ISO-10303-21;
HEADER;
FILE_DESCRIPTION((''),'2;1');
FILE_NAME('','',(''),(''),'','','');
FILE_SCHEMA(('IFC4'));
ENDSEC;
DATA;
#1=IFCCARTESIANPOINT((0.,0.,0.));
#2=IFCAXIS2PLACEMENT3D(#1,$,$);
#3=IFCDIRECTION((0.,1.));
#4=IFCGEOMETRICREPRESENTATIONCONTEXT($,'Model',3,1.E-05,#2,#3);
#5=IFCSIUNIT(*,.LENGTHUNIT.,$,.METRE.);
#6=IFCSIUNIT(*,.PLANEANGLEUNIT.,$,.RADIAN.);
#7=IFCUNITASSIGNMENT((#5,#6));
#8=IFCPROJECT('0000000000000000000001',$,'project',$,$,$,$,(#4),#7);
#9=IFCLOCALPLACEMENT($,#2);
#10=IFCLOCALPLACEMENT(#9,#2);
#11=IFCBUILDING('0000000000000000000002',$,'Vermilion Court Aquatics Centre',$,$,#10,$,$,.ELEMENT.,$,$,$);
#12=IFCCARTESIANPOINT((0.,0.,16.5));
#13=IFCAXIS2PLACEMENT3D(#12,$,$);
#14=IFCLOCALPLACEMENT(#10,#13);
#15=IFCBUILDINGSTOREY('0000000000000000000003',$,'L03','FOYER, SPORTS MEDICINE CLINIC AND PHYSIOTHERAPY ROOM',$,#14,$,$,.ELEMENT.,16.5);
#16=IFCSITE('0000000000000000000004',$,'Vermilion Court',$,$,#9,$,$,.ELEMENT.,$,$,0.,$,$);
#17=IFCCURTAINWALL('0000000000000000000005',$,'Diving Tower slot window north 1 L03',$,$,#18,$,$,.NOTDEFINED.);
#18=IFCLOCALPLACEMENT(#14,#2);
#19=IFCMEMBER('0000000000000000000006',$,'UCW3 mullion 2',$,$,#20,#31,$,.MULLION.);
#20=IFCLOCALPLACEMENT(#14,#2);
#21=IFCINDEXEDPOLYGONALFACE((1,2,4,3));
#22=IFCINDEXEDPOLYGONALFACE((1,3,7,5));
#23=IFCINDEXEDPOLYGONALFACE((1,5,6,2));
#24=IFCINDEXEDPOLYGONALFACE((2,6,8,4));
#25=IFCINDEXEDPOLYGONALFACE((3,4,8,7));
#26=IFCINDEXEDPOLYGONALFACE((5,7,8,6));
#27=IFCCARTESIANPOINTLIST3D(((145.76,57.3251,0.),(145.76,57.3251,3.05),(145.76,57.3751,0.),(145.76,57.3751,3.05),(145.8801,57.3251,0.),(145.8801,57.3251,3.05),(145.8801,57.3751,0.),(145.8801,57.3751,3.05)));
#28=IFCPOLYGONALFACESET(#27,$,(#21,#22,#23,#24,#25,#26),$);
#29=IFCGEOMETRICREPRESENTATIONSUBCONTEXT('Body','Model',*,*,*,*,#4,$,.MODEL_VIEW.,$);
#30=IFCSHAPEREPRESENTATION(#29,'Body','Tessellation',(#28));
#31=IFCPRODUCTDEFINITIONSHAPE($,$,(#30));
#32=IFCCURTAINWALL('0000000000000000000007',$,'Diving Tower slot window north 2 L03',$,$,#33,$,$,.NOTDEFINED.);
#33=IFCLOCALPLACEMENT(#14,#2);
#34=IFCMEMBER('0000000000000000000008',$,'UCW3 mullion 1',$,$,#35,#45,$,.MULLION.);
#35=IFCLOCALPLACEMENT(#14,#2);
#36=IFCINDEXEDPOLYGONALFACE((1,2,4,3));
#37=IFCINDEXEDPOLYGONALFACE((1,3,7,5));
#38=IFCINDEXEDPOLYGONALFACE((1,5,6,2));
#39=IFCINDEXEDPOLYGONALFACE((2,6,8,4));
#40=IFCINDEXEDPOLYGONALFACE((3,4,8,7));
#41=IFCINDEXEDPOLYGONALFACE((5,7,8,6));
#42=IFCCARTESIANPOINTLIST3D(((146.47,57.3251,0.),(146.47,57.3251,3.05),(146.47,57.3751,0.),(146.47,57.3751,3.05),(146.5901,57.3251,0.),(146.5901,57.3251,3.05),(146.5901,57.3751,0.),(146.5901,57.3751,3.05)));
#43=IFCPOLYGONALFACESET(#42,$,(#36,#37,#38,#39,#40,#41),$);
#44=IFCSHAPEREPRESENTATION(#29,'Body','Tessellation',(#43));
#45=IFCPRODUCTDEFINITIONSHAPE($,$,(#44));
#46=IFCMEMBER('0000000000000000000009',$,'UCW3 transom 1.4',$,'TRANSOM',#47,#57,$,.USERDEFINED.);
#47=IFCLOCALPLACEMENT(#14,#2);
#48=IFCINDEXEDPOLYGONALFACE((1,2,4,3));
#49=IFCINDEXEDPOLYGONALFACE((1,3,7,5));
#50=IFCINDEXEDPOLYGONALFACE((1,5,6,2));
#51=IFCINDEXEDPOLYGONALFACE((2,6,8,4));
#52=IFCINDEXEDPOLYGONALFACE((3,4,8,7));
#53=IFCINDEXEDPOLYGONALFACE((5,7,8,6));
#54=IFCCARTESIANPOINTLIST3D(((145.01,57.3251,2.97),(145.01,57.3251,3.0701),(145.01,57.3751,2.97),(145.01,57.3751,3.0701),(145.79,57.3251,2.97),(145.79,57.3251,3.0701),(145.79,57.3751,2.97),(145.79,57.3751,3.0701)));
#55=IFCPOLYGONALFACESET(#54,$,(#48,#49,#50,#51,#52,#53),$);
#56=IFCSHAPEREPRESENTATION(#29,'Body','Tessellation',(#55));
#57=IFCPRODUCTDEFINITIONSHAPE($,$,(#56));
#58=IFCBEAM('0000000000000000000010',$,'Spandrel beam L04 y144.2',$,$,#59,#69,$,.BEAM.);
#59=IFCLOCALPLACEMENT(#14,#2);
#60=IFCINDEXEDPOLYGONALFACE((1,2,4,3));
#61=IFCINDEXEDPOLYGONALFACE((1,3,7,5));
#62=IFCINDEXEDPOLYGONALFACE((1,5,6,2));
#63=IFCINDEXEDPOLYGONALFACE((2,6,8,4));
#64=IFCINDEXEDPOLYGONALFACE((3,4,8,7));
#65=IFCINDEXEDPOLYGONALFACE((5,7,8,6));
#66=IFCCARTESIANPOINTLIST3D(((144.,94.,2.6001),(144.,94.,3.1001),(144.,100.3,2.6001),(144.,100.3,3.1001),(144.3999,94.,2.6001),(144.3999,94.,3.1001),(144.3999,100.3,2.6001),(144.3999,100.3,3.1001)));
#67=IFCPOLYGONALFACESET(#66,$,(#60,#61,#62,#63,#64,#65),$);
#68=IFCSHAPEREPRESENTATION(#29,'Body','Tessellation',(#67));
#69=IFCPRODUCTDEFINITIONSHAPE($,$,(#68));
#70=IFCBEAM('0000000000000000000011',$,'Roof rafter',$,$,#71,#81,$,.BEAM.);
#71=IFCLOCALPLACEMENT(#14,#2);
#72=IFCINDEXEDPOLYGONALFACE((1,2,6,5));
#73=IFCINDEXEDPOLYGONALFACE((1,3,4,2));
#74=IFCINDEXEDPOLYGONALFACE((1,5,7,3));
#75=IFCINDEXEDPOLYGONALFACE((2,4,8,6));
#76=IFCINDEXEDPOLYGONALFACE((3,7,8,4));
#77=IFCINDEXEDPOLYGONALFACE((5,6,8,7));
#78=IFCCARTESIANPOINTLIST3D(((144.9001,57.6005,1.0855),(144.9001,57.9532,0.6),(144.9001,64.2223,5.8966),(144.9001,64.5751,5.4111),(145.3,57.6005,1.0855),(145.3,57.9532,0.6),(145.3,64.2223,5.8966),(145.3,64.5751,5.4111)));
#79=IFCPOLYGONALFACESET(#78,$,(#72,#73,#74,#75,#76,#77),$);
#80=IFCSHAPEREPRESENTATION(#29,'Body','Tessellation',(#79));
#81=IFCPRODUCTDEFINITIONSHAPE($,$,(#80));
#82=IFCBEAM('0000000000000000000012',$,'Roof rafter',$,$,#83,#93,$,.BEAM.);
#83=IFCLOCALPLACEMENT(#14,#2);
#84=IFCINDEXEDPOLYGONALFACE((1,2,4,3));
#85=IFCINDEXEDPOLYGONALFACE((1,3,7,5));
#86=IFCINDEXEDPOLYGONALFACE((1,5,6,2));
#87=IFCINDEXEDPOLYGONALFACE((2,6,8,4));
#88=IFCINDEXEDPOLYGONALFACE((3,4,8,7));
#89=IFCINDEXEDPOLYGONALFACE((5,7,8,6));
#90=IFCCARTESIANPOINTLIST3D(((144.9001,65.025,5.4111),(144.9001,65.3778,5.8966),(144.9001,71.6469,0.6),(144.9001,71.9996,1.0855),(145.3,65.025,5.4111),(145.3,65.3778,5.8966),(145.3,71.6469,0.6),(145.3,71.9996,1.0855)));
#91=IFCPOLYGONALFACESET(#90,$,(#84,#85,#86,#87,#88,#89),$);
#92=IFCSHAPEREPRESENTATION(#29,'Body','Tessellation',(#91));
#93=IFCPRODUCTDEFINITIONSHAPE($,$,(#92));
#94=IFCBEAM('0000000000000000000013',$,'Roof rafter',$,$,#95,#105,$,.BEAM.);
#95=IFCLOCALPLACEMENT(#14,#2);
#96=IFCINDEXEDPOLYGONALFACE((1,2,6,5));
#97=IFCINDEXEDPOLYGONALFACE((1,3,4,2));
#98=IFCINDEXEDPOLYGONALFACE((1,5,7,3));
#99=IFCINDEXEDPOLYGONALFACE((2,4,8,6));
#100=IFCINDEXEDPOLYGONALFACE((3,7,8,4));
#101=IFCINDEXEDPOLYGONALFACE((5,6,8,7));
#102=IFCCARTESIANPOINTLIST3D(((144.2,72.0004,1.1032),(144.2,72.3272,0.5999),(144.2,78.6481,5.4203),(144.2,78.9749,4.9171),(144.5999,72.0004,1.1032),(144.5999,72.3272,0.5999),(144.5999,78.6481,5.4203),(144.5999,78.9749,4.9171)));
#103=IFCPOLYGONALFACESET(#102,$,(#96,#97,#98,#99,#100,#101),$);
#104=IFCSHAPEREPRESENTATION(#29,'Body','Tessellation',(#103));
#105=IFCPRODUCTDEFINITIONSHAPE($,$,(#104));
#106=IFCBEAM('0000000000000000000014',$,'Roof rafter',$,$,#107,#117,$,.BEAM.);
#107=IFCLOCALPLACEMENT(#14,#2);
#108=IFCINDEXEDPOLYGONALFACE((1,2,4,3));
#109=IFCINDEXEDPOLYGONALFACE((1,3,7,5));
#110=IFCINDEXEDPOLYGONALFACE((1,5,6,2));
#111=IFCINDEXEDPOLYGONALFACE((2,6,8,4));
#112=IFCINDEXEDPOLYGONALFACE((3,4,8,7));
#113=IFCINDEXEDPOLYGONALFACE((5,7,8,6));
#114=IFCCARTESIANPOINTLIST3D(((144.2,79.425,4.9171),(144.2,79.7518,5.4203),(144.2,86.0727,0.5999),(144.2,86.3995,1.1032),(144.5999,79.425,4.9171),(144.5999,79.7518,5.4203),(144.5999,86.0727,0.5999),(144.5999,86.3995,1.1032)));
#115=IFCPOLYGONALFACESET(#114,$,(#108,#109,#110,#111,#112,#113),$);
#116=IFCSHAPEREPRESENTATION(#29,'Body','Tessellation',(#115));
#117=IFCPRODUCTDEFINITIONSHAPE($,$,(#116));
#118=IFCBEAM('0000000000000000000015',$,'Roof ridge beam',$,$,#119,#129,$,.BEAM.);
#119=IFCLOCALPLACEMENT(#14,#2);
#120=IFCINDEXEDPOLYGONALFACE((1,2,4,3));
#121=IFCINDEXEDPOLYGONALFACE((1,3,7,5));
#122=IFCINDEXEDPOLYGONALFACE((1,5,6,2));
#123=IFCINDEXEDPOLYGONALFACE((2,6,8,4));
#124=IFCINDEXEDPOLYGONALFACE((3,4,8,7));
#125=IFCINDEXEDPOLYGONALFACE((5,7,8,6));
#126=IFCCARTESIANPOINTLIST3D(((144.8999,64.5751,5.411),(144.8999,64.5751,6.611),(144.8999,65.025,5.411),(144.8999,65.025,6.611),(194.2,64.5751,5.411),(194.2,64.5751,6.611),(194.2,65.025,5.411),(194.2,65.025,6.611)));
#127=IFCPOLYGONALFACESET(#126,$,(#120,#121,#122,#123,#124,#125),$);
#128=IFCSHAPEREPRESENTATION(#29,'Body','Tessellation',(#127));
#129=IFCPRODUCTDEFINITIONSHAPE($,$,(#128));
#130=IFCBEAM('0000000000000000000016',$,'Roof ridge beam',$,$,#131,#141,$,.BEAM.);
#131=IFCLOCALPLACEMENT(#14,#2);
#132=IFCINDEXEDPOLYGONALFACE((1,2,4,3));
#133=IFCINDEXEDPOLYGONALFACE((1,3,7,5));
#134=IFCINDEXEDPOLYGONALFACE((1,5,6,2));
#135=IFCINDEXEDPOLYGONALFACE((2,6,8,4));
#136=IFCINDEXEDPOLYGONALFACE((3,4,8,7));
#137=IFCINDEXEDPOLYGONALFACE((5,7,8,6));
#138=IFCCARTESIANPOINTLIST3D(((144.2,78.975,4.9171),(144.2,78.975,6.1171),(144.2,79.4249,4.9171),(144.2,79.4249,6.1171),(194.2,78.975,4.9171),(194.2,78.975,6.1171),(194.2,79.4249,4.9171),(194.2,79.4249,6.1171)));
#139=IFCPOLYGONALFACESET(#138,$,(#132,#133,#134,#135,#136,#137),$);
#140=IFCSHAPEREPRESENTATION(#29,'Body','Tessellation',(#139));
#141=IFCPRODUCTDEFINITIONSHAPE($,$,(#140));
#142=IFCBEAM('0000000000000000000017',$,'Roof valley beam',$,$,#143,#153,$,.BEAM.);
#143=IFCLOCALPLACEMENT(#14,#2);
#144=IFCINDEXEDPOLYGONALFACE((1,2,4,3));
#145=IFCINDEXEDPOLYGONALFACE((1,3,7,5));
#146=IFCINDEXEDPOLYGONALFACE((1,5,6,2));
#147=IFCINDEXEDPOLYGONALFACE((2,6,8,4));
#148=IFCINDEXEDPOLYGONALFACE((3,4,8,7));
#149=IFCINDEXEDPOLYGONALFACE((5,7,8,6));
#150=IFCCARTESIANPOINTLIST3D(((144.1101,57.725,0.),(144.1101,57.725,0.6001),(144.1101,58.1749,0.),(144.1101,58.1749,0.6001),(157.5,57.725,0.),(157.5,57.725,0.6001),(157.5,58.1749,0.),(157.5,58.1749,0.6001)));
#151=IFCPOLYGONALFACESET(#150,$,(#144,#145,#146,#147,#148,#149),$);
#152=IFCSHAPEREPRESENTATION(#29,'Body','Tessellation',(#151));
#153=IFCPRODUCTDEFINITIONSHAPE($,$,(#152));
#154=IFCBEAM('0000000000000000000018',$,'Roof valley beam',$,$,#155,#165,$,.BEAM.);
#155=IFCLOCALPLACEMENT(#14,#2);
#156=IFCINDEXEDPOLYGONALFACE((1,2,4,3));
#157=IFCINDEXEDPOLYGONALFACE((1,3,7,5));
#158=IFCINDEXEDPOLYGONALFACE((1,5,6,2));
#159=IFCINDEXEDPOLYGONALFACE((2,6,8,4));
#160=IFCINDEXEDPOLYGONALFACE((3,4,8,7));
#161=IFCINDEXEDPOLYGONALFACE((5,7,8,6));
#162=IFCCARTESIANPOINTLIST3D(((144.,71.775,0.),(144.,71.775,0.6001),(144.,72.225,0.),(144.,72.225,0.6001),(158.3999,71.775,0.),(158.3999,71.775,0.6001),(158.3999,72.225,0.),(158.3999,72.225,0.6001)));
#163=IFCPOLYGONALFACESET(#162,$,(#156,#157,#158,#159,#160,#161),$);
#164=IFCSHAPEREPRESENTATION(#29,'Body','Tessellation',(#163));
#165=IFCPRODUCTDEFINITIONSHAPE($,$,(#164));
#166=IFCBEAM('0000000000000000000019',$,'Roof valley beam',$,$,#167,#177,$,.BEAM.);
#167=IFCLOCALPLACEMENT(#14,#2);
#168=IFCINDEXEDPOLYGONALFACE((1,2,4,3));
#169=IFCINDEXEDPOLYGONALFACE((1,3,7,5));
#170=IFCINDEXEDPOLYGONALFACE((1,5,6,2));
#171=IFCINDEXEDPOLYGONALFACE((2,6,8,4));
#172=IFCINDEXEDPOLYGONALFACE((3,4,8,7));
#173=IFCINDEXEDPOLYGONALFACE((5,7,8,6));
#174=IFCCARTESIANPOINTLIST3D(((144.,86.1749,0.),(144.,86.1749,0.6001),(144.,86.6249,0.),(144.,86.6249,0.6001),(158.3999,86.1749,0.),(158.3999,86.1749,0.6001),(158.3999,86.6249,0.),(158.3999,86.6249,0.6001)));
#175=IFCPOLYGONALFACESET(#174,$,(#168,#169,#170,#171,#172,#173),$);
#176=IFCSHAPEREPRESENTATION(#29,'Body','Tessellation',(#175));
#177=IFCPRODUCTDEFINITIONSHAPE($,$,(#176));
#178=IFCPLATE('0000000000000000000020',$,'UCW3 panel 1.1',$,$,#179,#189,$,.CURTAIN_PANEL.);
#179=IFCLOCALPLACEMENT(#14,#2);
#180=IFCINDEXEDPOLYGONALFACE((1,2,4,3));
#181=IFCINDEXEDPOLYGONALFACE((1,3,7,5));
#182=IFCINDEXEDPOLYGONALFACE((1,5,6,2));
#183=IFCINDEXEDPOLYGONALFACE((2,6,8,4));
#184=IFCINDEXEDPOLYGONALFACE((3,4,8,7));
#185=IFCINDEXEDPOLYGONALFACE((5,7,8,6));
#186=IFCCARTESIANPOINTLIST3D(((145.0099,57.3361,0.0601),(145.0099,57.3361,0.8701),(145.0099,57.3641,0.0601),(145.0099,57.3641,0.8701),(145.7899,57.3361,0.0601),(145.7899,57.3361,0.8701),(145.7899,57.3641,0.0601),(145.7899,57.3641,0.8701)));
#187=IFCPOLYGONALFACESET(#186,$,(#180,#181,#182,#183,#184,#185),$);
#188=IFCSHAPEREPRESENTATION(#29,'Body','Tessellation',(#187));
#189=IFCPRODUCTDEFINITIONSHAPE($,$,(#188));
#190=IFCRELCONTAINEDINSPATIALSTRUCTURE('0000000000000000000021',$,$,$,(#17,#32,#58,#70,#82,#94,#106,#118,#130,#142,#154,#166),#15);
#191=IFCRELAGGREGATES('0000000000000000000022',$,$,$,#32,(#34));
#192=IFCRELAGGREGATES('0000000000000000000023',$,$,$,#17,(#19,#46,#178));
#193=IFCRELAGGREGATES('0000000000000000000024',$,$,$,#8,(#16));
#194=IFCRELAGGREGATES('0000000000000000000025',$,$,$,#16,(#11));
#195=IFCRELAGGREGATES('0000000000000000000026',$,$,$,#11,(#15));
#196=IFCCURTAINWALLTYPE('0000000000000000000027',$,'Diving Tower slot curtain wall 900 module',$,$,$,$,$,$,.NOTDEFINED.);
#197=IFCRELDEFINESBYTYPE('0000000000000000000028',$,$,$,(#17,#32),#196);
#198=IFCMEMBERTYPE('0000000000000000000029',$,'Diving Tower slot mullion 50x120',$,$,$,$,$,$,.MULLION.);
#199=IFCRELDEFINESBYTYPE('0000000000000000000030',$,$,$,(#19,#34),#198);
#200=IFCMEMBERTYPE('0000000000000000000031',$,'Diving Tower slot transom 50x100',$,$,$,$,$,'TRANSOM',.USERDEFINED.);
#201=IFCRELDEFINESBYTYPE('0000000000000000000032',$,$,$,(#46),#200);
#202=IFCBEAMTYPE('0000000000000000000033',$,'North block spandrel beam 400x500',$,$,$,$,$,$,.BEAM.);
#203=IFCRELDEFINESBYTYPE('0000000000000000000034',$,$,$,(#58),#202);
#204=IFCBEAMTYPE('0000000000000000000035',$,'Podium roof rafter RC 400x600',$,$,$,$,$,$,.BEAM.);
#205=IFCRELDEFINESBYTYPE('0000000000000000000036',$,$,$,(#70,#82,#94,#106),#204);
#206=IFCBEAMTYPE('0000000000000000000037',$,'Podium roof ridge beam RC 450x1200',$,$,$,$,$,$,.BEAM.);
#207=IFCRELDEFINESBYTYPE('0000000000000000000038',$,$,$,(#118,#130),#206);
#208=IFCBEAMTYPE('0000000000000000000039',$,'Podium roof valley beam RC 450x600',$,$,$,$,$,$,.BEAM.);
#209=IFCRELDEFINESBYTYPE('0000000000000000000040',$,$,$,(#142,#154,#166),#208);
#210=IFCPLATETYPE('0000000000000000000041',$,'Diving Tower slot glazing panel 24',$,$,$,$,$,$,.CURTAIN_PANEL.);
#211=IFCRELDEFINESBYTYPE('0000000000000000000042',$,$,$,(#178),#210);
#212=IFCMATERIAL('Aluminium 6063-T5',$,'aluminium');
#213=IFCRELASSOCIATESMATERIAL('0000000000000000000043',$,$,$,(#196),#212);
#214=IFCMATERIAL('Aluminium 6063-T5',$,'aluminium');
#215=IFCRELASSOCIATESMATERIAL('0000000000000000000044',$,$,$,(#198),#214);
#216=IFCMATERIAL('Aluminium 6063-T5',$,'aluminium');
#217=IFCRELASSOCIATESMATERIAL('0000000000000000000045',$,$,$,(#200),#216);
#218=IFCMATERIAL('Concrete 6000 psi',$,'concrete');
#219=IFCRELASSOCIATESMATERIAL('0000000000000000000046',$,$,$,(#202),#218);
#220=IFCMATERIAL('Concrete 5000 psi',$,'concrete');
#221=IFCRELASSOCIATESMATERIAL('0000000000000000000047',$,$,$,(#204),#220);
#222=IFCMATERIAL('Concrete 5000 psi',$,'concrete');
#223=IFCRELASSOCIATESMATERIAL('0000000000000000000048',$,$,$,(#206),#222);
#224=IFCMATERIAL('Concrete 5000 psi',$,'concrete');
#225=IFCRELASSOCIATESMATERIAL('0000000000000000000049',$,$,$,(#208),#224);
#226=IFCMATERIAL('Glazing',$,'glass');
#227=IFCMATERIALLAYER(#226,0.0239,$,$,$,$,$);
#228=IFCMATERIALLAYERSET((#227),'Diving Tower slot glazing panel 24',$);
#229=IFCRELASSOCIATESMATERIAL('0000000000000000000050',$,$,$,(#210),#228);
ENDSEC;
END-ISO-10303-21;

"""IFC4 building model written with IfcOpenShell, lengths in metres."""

from ifc_helpers import new_model, si_unit, direction, frame, origin, origin_2d, place, context, subcontext, project, spatial, rectangle, extrude, material, layer, layer_set, material_profile, profile_set, type_object, element, aggregate, save


model = new_model("IFC4")

# Units and contexts
model_context = context("Model", 3, precision=1e-05, world=origin(), true_north=direction((0.0, 1.0)))
body_context = subcontext(model_context, "Body", "Model", "MODEL_VIEW")
ifc_project = project(units=[si_unit("LENGTHUNIT", "METRE"), si_unit("PLANEANGLEUNIT", "RADIAN")], contexts=[model_context])

# Site, building, storey
site_placement = place(None, origin())
site = spatial("IfcSite", under=ifc_project, at=site_placement, Name="Vermilion Court", CompositionType="ELEMENT", RefElevation=0.0)
building_placement = place(site_placement, origin())
building = spatial("IfcBuilding", under=site, at=building_placement, Name="Vermilion Court Aquatics Centre", CompositionType="ELEMENT")
storey_placement = place(building_placement, frame((0.0, 0.0, 16.5)))
storey = spatial("IfcBuildingStorey", under=building, at=storey_placement, Name="L03", Description="FOYER, SPORTS MEDICINE CLINIC AND PHYSIOTHERAPY ROOM", CompositionType="ELEMENT", Elevation=16.5)

# Curtain walls, members
ifc_material_1 = material(Name="Aluminium 6063-T5", Category="aluminium")
curtain_wall_type = type_object("IfcCurtainWallType", Name="Diving Tower slot curtain wall 900 module", PredefinedType="NOTDEFINED", material=ifc_material_1)
curtain_wall_1_placement = place(storey_placement, origin())
curtain_wall_1 = element("IfcCurtainWall", 1, at=curtain_wall_1_placement, inside=storey, type_object=curtain_wall_type, Name="Diving Tower slot window north 1 L03", PredefinedType="NOTDEFINED")
ifc_material_2 = material(Name="Aluminium 6063-T5", Category="aluminium")
ifc_material_profile_1 = material_profile(ifc_material_2, rectangle(XDim=0.05, YDim=0.1201, at=origin_2d()), Name="AL 50x120")
ifc_profile_set_1 = profile_set([ifc_material_profile_1], Name="Aluminium 6063-T5")
member_type_1 = type_object("IfcMemberType", Name="Diving Tower slot mullion 50x120", PredefinedType="MULLION", material=ifc_profile_set_1)
member_1_placement = place(storey_placement, frame((145.8201, 57.3501, 0.0), z_axis=(0.0, 0.0, 1.0), x_axis=(0.0, 1.0, 0.0)))
member_1 = element("IfcMember", 2, at=member_1_placement, type_object=member_type_1, Name="UCW3 mullion 2", PredefinedType="MULLION", context=body_context, shape_type="SweptSolid", body=[
    extrude(rectangle(XDim=0.05, YDim=0.1201, at=origin_2d()), origin(), (0.0, 0.0, 1.0), 3.05),
])
curtain_wall_2_placement = place(storey_placement, origin())
curtain_wall_2 = element("IfcCurtainWall", 3, at=curtain_wall_2_placement, inside=storey, type_object=curtain_wall_type, Name="Diving Tower slot window north 2 L03", PredefinedType="NOTDEFINED")
member_2_placement = place(storey_placement, frame((146.53, 57.3501, 0.0), z_axis=(0.0, 0.0, 1.0), x_axis=(0.0, 1.0, 0.0)))
member_2 = element("IfcMember", 4, at=member_2_placement, type_object=member_type_1, Name="UCW3 mullion 1", PredefinedType="MULLION", context=body_context, shape_type="SweptSolid", body=[
    extrude(rectangle(XDim=0.05, YDim=0.1201, at=origin_2d()), origin(), (0.0, 0.0, 1.0), 3.05),
])
aggregate(curtain_wall_2, [member_2])

# Member
ifc_material_3 = material(Name="Aluminium 6063-T5", Category="aluminium")
ifc_material_profile_2 = material_profile(ifc_material_3, rectangle(XDim=0.05, YDim=0.1001, at=origin_2d()), Name="AL 50x100")
ifc_profile_set_2 = profile_set([ifc_material_profile_2], Name="Aluminium 6063-T5")
member_type_2 = type_object("IfcMemberType", Name="Diving Tower slot transom 50x100", ElementType="TRANSOM", PredefinedType="USERDEFINED", material=ifc_profile_set_2)
member_3_placement = place(storey_placement, frame((145.01, 57.3501, 3.02), z_axis=(1.0, 0.0, 0.0), x_axis=(0.0, 1.0, 0.0)))
member_3 = element("IfcMember", 5, at=member_3_placement, type_object=member_type_2, Name="UCW3 transom 1.4", ObjectType="TRANSOM", PredefinedType="USERDEFINED", context=body_context, shape_type="SweptSolid", body=[
    extrude(rectangle(XDim=0.05, YDim=0.1001, at=origin_2d()), origin(), (0.0, 0.0, 1.0), 0.78),
])

# Beams
ifc_material_4 = material(Name="Concrete 6000 psi", Category="concrete")
ifc_material_profile_3 = material_profile(ifc_material_4, rectangle(XDim=0.3999, YDim=0.5, at=origin_2d()), Name="RC 400x500")
ifc_profile_set_3 = profile_set([ifc_material_profile_3], Name="Concrete 6000 psi")
beam_type_1 = type_object("IfcBeamType", Name="North block spandrel beam 400x500", PredefinedType="BEAM", material=ifc_profile_set_3)
beam_1_placement = place(storey_placement, frame((144.2, 94.0, 2.8501), z_axis=(0.0, 1.0, 0.0), x_axis=(-1.0, 0.0, 0.0)))
element("IfcBeam", 6, at=beam_1_placement, inside=storey, type_object=beam_type_1, Name="Spandrel beam L04 y144.2", PredefinedType="BEAM", context=body_context, shape_type="SweptSolid", body=[
    extrude(rectangle(XDim=0.3999, YDim=0.5, at=origin_2d()), origin(), (0.0, 0.0, 1.0), 6.3),
])
ifc_material_5 = material(Name="Concrete 5000 psi", Category="concrete")
ifc_material_profile_4 = material_profile(ifc_material_5, rectangle(XDim=0.3999, YDim=0.6001, at=origin_2d()), Name="RC 400x600")
ifc_profile_set_4 = profile_set([ifc_material_profile_4], Name="Concrete 5000 psi")
beam_type_2 = type_object("IfcBeamType", Name="Podium roof rafter RC 400x600", PredefinedType="BEAM", material=ifc_profile_set_4)
for number, where, z_axis, x_axis, name in (
    (7, (145.1001, 57.7769, 0.8428), (0.0, 0.809017, 0.587785), (-1.0, 0.0, 0.0), "Roof rafter"),
    (8, (145.1001, 71.8232, 0.8428), (0.0, -0.809017, 0.587785), (1.0, 0.0, 0.0), "Roof rafter"),
):
    element("IfcBeam", number, at=place(storey_placement, frame(where, z_axis=z_axis, x_axis=x_axis)), inside=storey, type_object=beam_type_2, Name=name, PredefinedType="BEAM", context=body_context, shape_type="SweptSolid", body=[
        extrude(rectangle(XDim=0.3999, YDim=0.6001, at=origin_2d()), origin(), (0.0, 0.0, 1.0), 8.1851),
    ])
for number, where, z_axis, x_axis, name in (
    (9, (144.3999, 72.1638, 0.8516), (0.0, 0.838667, 0.544645), (-1.0, 0.0, 0.0), "Roof rafter"),
    (10, (144.3999, 86.2361, 0.8516), (0.0, -0.838667, 0.544645), (1.0, 0.0, 0.0), "Roof rafter"),
):
    element("IfcBeam", number, at=place(storey_placement, frame(where, z_axis=z_axis, x_axis=x_axis)), inside=storey, type_object=beam_type_2, Name=name, PredefinedType="BEAM", context=body_context, shape_type="SweptSolid", body=[
        extrude(rectangle(XDim=0.3999, YDim=0.6001, at=origin_2d()), origin(), (0.0, 0.0, 1.0), 7.9265),
    ])
ifc_material_6 = material(Name="Concrete 5000 psi", Category="concrete")
ifc_material_profile_5 = material_profile(ifc_material_6, rectangle(XDim=0.45, YDim=1.2, at=origin_2d()), Name="RC 450x1200")
ifc_profile_set_5 = profile_set([ifc_material_profile_5], Name="Concrete 5000 psi")
beam_type_3 = type_object("IfcBeamType", Name="Podium roof ridge beam RC 450x1200", PredefinedType="BEAM", material=ifc_profile_set_5)
beam_2_placement = place(storey_placement, frame((144.8999, 64.8, 6.011), z_axis=(1.0, 0.0, 0.0), x_axis=(0.0, 1.0, 0.0)))
element("IfcBeam", 11, at=beam_2_placement, inside=storey, type_object=beam_type_3, Name="Roof ridge beam", PredefinedType="BEAM", context=body_context, shape_type="SweptSolid", body=[
    extrude(rectangle(XDim=0.45, YDim=1.2, at=origin_2d()), origin(), (0.0, 0.0, 1.0), 49.3),
])
beam_3_placement = place(storey_placement, frame((144.2, 79.2, 5.5171), z_axis=(1.0, 0.0, 0.0), x_axis=(0.0, 1.0, 0.0)))
element("IfcBeam", 12, at=beam_3_placement, inside=storey, type_object=beam_type_3, Name="Roof ridge beam", PredefinedType="BEAM", context=body_context, shape_type="SweptSolid", body=[
    extrude(rectangle(XDim=0.45, YDim=1.2, at=origin_2d()), origin(), (0.0, 0.0, 1.0), 50.0),
])
ifc_material_7 = material(Name="Concrete 5000 psi", Category="concrete")
ifc_material_profile_6 = material_profile(ifc_material_7, rectangle(XDim=0.45, YDim=0.6001, at=origin_2d()), Name="RC 450x600")
ifc_profile_set_6 = profile_set([ifc_material_profile_6], Name="Concrete 5000 psi")
beam_type_4 = type_object("IfcBeamType", Name="Podium roof valley beam RC 450x600", PredefinedType="BEAM", material=ifc_profile_set_6)
beam_4_placement = place(storey_placement, frame((144.1101, 57.95, 0.3), z_axis=(1.0, 0.0, 0.0), x_axis=(0.0, 1.0, 0.0)))
element("IfcBeam", 13, at=beam_4_placement, inside=storey, type_object=beam_type_4, Name="Roof valley beam", PredefinedType="BEAM", context=body_context, shape_type="SweptSolid", body=[
    extrude(rectangle(XDim=0.45, YDim=0.6001, at=origin_2d()), origin(), (0.0, 0.0, 1.0), 13.3899),
])
for number, where, z_axis, x_axis, name in (
    (14, (144.0, 72.0, 0.3), (1.0, 0.0, 0.0), (0.0, 1.0, 0.0), "Roof valley beam"),
    (15, (144.0, 86.3999, 0.3), (1.0, 0.0, 0.0), (0.0, 1.0, 0.0), "Roof valley beam"),
):
    element("IfcBeam", number, at=place(storey_placement, frame(where, z_axis=z_axis, x_axis=x_axis)), inside=storey, type_object=beam_type_4, Name=name, PredefinedType="BEAM", context=body_context, shape_type="SweptSolid", body=[
        extrude(rectangle(XDim=0.45, YDim=0.6001, at=origin_2d()), origin(), (0.0, 0.0, 1.0), 14.3999),
    ])

# Plate
ifc_material_8 = material(Name="Glazing", Category="glass")
ifc_layer_1 = layer(ifc_material_8, 0.0239)
ifc_layer_set_1 = layer_set([ifc_layer_1], Name="Diving Tower slot glazing panel 24")
plate_type = type_object("IfcPlateType", Name="Diving Tower slot glazing panel 24", PredefinedType="CURTAIN_PANEL", material=ifc_layer_set_1)
plate_1_placement = place(storey_placement, frame((145.3999, 57.3501, 0.0601), z_axis=(0.0, 0.0, 1.0), x_axis=(1.0, 0.0, 0.0)))
plate_1 = element("IfcPlate", 16, at=plate_1_placement, type_object=plate_type, Name="UCW3 panel 1.1", PredefinedType="CURTAIN_PANEL", context=body_context, shape_type="SweptSolid", body=[
    extrude(rectangle(XDim=0.78, YDim=0.0281, at=origin_2d()), origin(), (0.0, 0.0, 1.0), 0.8101),
])
aggregate(curtain_wall_1, [member_1, member_3, plate_1])

save(model, "model.ifc")
